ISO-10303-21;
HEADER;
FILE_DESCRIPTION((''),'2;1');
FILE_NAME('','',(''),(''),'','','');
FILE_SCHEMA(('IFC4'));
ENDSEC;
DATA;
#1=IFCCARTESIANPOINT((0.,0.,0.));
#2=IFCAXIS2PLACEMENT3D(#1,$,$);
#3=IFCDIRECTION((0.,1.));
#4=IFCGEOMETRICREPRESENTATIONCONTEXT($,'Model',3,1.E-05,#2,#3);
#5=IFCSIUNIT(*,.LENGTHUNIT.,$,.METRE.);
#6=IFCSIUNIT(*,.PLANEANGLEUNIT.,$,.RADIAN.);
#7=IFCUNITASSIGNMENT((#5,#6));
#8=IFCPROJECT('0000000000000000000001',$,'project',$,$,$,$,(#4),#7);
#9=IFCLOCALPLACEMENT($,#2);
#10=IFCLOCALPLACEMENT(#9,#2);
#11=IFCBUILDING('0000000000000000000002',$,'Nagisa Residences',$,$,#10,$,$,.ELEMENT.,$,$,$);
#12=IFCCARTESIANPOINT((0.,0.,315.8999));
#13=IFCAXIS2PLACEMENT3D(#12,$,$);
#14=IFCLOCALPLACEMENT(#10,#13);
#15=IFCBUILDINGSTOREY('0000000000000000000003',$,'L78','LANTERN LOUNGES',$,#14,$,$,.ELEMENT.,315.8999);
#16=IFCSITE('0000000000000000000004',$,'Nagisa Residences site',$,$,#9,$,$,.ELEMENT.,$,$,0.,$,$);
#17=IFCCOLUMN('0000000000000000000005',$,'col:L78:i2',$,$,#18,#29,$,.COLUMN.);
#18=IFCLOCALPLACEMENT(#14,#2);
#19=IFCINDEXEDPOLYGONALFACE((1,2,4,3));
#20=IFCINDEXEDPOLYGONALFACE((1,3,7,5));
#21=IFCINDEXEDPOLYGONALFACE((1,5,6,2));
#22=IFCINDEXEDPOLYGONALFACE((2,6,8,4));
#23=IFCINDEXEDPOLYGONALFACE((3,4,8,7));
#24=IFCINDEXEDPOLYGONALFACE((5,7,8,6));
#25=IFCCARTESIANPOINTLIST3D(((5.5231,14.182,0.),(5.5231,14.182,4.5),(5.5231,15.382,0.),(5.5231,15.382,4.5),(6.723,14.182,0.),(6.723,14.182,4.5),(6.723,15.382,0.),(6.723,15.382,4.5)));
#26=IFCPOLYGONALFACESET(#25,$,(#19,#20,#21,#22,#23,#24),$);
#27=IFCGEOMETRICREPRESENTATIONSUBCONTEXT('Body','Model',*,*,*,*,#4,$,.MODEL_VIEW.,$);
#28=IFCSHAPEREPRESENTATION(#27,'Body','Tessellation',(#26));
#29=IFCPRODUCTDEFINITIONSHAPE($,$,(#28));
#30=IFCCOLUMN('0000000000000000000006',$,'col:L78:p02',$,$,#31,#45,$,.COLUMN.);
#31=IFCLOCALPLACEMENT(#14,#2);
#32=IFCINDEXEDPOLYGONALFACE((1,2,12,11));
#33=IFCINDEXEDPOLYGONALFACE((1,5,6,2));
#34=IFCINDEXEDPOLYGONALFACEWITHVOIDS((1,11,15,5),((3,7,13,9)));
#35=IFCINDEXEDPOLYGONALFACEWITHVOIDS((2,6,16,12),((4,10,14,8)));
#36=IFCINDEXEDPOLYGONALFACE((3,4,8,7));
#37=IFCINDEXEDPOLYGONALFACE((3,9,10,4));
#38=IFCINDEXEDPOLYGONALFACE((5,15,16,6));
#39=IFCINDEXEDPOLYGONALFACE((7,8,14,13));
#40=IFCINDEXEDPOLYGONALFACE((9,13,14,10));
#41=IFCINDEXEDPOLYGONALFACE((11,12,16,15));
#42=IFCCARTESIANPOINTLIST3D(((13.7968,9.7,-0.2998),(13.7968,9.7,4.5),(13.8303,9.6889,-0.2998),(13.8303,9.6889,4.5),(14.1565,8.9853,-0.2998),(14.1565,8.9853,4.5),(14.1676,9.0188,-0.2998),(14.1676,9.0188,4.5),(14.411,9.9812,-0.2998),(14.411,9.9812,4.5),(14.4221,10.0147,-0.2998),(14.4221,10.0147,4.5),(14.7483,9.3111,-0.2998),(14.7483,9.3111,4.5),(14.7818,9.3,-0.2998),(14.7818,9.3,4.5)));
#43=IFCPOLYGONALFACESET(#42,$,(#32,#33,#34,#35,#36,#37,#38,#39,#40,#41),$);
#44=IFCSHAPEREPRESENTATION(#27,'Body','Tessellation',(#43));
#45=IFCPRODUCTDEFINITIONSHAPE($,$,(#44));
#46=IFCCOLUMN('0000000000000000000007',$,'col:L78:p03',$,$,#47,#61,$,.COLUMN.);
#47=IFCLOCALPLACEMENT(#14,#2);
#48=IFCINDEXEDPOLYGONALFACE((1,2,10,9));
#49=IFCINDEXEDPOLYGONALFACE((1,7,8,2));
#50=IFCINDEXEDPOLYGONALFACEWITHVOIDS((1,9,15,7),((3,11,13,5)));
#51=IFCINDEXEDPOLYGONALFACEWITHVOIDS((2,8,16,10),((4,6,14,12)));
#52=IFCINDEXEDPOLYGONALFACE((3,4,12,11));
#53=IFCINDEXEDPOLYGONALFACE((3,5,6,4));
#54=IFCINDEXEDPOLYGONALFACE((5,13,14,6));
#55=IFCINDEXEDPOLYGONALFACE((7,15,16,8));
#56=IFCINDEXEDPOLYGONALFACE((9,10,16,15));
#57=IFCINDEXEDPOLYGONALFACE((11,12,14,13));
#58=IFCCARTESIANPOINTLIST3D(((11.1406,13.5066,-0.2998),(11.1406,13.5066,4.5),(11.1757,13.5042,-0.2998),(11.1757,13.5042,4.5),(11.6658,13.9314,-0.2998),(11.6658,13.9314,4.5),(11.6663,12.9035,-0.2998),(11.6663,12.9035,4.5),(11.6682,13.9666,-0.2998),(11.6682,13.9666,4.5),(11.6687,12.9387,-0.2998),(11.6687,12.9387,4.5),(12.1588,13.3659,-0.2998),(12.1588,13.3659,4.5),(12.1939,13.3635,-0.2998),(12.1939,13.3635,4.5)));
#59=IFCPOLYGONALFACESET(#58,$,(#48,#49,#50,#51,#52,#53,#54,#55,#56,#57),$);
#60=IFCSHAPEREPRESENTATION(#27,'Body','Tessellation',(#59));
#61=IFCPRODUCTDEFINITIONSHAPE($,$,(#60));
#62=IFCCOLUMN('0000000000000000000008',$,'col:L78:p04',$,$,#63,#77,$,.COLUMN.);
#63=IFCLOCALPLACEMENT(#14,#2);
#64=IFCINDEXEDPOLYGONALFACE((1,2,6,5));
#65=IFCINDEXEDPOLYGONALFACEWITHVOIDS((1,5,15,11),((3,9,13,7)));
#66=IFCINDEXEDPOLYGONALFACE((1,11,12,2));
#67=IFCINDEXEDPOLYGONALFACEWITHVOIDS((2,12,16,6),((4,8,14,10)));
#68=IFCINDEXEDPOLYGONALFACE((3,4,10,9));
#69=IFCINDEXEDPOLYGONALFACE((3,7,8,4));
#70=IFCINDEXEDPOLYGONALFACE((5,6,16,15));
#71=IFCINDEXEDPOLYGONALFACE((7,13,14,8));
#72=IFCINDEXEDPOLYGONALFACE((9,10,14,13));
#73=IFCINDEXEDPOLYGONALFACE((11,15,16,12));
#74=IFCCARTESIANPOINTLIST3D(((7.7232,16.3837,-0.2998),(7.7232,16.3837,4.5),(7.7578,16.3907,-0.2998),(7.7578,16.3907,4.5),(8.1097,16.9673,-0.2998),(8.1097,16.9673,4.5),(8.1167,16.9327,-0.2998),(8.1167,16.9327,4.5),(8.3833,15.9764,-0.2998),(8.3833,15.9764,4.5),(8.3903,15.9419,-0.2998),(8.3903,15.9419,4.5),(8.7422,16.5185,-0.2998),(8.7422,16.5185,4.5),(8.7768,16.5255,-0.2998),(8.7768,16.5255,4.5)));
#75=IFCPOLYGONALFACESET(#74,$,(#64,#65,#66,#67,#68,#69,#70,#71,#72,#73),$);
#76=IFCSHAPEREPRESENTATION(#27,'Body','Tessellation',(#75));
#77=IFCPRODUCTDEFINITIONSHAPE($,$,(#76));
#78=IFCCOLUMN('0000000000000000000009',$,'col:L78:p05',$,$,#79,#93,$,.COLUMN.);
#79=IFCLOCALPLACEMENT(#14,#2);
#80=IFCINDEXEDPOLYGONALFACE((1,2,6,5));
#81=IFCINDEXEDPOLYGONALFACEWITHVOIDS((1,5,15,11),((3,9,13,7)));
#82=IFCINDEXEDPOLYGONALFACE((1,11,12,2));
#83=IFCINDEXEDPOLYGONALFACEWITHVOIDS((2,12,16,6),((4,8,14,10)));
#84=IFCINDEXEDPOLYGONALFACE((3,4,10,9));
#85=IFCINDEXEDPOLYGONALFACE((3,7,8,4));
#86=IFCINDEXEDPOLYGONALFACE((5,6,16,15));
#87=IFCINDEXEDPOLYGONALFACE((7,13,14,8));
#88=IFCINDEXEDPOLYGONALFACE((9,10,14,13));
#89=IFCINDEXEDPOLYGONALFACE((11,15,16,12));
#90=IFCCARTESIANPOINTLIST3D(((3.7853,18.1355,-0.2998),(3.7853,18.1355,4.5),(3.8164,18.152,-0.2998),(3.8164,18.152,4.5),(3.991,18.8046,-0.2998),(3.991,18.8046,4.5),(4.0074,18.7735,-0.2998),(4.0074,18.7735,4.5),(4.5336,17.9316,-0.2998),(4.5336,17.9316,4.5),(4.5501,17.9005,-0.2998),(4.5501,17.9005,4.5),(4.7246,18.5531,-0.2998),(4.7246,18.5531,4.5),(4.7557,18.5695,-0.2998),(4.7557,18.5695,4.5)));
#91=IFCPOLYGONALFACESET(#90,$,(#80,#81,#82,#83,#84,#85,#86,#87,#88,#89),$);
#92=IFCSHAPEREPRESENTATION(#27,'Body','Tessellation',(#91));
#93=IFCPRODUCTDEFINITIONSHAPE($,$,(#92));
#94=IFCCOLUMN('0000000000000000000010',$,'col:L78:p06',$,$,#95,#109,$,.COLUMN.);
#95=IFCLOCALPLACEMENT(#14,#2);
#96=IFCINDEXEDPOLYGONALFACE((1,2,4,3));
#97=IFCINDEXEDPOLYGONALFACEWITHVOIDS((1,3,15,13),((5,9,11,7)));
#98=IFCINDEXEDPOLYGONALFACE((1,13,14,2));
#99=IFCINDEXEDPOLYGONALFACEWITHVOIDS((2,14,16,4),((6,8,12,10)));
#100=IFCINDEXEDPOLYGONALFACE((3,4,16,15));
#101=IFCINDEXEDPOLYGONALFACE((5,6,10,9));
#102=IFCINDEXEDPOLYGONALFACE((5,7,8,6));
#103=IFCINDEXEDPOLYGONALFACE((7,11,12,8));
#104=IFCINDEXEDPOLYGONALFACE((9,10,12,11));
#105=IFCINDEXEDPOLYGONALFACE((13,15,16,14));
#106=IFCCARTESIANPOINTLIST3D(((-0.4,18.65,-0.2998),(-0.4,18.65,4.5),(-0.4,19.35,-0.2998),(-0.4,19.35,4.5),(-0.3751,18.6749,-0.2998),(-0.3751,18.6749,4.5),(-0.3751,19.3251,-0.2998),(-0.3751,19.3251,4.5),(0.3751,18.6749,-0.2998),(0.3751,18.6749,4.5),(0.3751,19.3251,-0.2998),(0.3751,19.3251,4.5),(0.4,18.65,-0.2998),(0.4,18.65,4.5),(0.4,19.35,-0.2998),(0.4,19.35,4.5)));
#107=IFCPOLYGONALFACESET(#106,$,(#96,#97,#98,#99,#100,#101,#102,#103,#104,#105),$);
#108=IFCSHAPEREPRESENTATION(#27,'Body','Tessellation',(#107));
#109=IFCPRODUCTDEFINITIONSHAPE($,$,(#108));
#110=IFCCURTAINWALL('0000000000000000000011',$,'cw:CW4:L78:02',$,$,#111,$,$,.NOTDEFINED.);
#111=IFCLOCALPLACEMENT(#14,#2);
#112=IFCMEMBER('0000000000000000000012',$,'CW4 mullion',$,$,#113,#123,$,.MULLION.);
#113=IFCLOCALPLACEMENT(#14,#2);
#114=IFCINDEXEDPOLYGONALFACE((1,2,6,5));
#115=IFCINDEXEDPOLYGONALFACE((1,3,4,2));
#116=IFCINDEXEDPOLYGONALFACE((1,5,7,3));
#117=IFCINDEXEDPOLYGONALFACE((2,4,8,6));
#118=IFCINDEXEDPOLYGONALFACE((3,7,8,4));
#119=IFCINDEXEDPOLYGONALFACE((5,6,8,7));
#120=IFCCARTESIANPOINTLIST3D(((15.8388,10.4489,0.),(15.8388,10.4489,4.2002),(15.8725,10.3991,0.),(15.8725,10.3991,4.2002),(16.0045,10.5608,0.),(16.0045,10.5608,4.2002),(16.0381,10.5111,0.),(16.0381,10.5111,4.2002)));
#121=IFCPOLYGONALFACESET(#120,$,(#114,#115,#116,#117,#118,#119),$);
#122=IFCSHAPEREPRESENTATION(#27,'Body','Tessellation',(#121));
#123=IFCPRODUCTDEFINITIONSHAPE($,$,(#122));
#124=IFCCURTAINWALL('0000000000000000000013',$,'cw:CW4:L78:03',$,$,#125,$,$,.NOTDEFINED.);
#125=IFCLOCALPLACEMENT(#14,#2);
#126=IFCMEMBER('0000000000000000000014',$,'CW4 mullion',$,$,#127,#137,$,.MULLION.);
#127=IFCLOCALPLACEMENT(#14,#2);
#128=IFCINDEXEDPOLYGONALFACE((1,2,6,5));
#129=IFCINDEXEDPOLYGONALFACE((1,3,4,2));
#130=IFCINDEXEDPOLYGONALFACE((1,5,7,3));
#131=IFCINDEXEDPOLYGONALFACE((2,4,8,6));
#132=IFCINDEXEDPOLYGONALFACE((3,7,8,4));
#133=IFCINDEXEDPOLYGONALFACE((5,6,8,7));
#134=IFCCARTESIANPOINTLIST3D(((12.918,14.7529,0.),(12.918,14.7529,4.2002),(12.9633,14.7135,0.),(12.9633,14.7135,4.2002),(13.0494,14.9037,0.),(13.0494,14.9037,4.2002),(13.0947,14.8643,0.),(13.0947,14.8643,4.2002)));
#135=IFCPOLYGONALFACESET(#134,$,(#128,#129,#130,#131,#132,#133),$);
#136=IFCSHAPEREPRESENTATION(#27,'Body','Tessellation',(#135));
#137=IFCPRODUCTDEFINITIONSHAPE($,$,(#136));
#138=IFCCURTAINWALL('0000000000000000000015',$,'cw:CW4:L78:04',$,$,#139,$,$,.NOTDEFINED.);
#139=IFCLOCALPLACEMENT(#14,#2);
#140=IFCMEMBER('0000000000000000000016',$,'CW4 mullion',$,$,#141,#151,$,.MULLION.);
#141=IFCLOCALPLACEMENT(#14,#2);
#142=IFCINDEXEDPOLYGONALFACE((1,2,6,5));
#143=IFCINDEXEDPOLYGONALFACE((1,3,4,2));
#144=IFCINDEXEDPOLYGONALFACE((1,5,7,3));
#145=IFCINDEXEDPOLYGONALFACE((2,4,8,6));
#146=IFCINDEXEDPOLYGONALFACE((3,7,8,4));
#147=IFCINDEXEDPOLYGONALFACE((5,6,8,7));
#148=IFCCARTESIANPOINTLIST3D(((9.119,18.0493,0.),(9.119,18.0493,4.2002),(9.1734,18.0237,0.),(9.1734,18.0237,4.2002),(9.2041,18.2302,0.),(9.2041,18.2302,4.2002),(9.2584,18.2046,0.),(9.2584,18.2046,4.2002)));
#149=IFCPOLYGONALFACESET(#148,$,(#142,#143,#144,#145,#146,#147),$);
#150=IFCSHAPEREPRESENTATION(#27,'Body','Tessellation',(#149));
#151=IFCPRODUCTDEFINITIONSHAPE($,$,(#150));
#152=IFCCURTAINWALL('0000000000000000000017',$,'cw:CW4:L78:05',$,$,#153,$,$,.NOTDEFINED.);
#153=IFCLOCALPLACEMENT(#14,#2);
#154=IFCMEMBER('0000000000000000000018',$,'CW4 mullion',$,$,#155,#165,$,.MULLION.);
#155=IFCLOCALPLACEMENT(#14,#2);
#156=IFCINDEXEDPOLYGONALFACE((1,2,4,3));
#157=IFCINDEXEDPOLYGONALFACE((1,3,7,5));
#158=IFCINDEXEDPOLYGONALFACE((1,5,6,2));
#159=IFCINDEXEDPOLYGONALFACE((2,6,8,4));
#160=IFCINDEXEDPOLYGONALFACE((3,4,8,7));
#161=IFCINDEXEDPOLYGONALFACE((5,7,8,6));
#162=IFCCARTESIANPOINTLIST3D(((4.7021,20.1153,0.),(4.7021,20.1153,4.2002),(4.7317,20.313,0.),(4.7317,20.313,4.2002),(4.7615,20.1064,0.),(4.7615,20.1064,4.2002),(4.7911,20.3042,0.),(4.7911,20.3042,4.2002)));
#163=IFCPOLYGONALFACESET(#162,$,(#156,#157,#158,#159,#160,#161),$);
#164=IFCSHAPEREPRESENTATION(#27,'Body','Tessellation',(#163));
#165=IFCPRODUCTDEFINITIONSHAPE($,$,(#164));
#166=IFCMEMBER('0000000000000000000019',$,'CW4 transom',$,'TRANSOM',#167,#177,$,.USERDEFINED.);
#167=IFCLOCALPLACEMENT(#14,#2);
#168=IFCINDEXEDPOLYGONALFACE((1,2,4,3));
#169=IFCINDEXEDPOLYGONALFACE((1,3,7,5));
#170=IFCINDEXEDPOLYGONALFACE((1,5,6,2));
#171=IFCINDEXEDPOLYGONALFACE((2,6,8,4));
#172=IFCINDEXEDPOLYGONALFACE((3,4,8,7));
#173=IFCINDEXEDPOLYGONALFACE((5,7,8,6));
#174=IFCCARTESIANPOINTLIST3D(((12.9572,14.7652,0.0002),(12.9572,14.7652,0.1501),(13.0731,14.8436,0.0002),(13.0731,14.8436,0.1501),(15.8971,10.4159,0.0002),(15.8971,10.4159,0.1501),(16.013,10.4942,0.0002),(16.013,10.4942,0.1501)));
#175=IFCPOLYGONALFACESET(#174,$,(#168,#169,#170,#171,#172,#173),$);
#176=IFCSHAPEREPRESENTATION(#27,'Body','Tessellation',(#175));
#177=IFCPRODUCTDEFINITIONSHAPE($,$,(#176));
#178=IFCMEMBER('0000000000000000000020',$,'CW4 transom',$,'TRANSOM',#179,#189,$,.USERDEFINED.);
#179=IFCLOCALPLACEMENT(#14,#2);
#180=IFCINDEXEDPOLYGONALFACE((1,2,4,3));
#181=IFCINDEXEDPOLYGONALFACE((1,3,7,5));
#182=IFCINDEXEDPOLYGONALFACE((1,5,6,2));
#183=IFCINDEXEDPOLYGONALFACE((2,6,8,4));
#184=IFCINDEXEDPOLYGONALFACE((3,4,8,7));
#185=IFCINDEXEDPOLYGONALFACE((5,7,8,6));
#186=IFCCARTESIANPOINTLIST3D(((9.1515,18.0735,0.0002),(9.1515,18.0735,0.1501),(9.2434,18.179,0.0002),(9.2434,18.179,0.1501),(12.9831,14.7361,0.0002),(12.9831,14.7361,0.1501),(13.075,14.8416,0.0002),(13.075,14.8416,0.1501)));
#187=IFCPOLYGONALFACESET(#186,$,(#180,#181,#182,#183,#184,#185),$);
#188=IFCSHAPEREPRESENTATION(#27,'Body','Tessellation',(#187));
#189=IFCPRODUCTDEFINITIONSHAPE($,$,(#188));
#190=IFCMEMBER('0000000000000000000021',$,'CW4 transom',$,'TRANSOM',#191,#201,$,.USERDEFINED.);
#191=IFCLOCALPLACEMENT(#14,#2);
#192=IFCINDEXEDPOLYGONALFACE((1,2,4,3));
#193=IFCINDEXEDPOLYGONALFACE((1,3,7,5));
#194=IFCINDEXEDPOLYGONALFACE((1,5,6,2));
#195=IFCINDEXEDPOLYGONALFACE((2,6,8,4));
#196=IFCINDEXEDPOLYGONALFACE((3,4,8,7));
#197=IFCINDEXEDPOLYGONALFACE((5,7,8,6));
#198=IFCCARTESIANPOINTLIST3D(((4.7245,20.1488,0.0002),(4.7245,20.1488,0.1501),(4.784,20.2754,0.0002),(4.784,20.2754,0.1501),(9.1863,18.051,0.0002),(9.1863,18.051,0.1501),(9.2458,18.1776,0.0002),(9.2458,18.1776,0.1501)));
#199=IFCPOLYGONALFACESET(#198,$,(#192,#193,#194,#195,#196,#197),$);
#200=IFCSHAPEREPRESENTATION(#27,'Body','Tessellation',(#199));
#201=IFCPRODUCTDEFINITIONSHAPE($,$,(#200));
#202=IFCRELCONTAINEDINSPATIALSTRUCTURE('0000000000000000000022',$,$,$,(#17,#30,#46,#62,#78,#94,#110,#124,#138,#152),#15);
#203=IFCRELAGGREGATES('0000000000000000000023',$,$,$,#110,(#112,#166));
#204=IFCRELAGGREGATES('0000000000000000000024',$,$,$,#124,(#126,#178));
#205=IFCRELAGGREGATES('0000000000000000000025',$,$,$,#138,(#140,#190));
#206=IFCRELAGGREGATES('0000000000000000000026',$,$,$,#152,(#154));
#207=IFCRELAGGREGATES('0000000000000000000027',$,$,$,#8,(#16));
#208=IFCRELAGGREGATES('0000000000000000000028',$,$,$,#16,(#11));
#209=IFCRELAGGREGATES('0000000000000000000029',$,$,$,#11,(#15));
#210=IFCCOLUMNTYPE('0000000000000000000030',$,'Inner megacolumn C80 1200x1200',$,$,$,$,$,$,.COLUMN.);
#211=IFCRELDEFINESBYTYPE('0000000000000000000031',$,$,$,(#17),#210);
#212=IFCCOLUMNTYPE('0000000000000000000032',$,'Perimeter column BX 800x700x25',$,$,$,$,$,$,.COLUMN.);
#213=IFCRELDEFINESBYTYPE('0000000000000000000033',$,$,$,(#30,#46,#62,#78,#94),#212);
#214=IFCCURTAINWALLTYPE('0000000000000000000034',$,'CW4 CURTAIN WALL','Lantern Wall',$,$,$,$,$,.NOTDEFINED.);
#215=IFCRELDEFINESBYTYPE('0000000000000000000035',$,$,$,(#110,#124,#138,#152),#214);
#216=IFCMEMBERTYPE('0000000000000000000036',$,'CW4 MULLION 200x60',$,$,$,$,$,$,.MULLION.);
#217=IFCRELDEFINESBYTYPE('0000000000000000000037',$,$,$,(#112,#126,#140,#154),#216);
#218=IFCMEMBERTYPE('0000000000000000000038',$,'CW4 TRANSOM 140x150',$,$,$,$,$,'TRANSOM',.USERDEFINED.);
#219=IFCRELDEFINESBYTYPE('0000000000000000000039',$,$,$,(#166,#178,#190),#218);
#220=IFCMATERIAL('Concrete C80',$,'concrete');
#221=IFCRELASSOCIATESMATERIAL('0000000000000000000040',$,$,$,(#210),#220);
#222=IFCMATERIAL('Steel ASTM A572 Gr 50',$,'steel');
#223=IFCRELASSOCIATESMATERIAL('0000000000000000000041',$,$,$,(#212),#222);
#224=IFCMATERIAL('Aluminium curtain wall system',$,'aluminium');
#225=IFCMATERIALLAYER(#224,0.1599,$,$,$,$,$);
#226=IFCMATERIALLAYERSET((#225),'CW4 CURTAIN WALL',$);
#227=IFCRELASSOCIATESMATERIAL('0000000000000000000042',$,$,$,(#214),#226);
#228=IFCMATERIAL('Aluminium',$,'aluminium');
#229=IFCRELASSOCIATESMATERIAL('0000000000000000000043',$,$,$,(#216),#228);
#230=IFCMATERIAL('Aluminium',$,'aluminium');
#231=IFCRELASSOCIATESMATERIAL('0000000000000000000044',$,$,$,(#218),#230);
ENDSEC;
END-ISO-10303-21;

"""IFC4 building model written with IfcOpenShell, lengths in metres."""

from ifc_helpers import new_model, si_unit, direction, frame, origin, origin_2d, place, context, subcontext, project, spatial, rectangle, hollow_rectangle, extrude, material, layer, layer_set, material_profile, profile_set, type_object, element, aggregate, save


model = new_model("IFC4")

# Units and contexts
model_context = context("Model", 3, precision=1e-05, world=origin(), true_north=direction((0.0, 1.0)))
body_context = subcontext(model_context, "Body", "Model", "MODEL_VIEW")
ifc_project = project(units=[si_unit("LENGTHUNIT", "METRE"), si_unit("PLANEANGLEUNIT", "RADIAN")], contexts=[model_context])

# Site, building, storey
site_placement = place(None, origin())
site = spatial("IfcSite", under=ifc_project, at=site_placement, Name="Nagisa Residences site", CompositionType="ELEMENT", RefElevation=0.0)
building_placement = place(site_placement, origin())
building = spatial("IfcBuilding", under=site, at=building_placement, Name="Nagisa Residences", CompositionType="ELEMENT")
storey_placement = place(building_placement, frame((0.0, 0.0, 315.8999)))
storey = spatial("IfcBuildingStorey", under=building, at=storey_placement, Name="L78", Description="LANTERN LOUNGES", CompositionType="ELEMENT", Elevation=315.8999)

# Columns
ifc_material_1 = material(Name="Concrete C80", Category="concrete")
ifc_material_profile_1 = material_profile(ifc_material_1, rectangle(XDim=1.2, YDim=1.2, at=origin_2d()), Name="C80 1200x1200")
ifc_profile_set_1 = profile_set([ifc_material_profile_1], Name="Concrete C80")
column_type_1 = type_object("IfcColumnType", Name="Inner megacolumn C80 1200x1200", PredefinedType="COLUMN", material=ifc_profile_set_1)
column_placement = place(storey_placement, frame((6.123, 14.782, 0.0), z_axis=(0.0, 0.0, 1.0), x_axis=(1.0, 0.0, 0.0)))
element("IfcColumn", 1, at=column_placement, inside=storey, type_object=column_type_1, Name="col:L78:i2", PredefinedType="COLUMN", context=body_context, shape_type="SweptSolid", body=[
    extrude(rectangle(XDim=1.2, YDim=1.2, at=origin_2d()), origin(), (0.0, 0.0, 1.0), 4.5),
])
ifc_material_2 = material(Name="Steel ASTM A572 Gr 50", Category="steel")
ifc_material_profile_2 = material_profile(ifc_material_2, hollow_rectangle(XDim=0.8, YDim=0.7, WallThickness=0.0249, at=origin_2d()), Name="BX 800x700x25")
ifc_profile_set_2 = profile_set([ifc_material_profile_2], Name="Steel ASTM A572 Gr 50")
column_type_2 = type_object("IfcColumnType", Name="Perimeter column BX 800x700x25", PredefinedType="COLUMN", material=ifc_profile_set_2)
for number, where, z_axis, x_axis, name in (
    (2, (14.2893, 9.5, -0.2998), (0.0, 0.0, 1.0), (-0.449592, 0.893234, 0.0), "col:L78:p02"),
    (3, (11.6672, 13.4351, -0.2998), (0.0, 0.0, 1.0), (-0.657135, 0.753773, 0.0), "col:L78:p03"),
    (4, (8.25, 16.4546, -0.2998), (0.0, 0.0, 1.0), (-0.833744, 0.552151, 0.0), "col:L78:p04"),
    (5, (4.2705, 18.3525, -0.2998), (0.0, 0.0, 1.0), (-0.95587, 0.29379, 0.0), "col:L78:p05"),
    (6, (0.0, 19.0, -0.2998), (0.0, 0.0, 1.0), (-1.0, 0.0, 0.0), "col:L78:p06"),
):
    element("IfcColumn", number, at=place(storey_placement, frame(where, z_axis=z_axis, x_axis=x_axis)), inside=storey, type_object=column_type_2, Name=name, PredefinedType="COLUMN", context=body_context, shape_type="SweptSolid", body=[
        extrude(hollow_rectangle(XDim=0.8, YDim=0.7, WallThickness=0.0249, at=origin_2d()), origin(), (0.0, 0.0, 1.0), 4.7998),
    ])

# Curtain walls, members
ifc_material_3 = material(Name="Aluminium curtain wall system", Category="aluminium")
ifc_layer_1 = layer(ifc_material_3, 0.1599)
ifc_layer_set_1 = layer_set([ifc_layer_1], Name="CW4 CURTAIN WALL")
curtain_wall_type = type_object("IfcCurtainWallType", Name="CW4 CURTAIN WALL", Description="Lantern Wall", PredefinedType="NOTDEFINED", material=ifc_layer_set_1)
curtain_wall_1_placement = place(storey_placement, origin())
curtain_wall_1 = element("IfcCurtainWall", 7, at=curtain_wall_1_placement, inside=storey, type_object=curtain_wall_type, Name="cw:CW4:L78:02", PredefinedType="NOTDEFINED")
ifc_material_4 = material(Name="Aluminium", Category="aluminium")
ifc_material_profile_3 = material_profile(ifc_material_4, rectangle(XDim=0.2, YDim=0.0601, at=origin_2d()), Name="CW4 MULLION 200x60")
ifc_profile_set_3 = profile_set([ifc_material_profile_3], Name="Aluminium")
member_type_1 = type_object("IfcMemberType", Name="CW4 MULLION 200x60", PredefinedType="MULLION", material=ifc_profile_set_3)
member_1_placement = place(storey_placement, frame((15.9385, 10.48, 0.0), z_axis=(0.0, 0.0, 1.0), x_axis=(-0.828473, -0.56003, 0.0)))
member_1 = element("IfcMember", 8, at=member_1_placement, type_object=member_type_1, Name="CW4 mullion", PredefinedType="MULLION", context=body_context, shape_type="SweptSolid", body=[
    extrude(rectangle(XDim=0.2, YDim=0.0601, at=origin_2d()), origin(), (0.0, 0.0, 1.0), 4.2002),
])
curtain_wall_2_placement = place(storey_placement, origin())
curtain_wall_2 = element("IfcCurtainWall", 9, at=curtain_wall_2_placement, inside=storey, type_object=curtain_wall_type, Name="cw:CW4:L78:03", PredefinedType="NOTDEFINED")
member_2_placement = place(storey_placement, frame((13.0063, 14.8086, 0.0), z_axis=(0.0, 0.0, 1.0), x_axis=(-0.656803, -0.754062, 0.0)))
member_2 = element("IfcMember", 10, at=member_2_placement, type_object=member_type_1, Name="CW4 mullion", PredefinedType="MULLION", context=body_context, shape_type="SweptSolid", body=[
    extrude(rectangle(XDim=0.2, YDim=0.0601, at=origin_2d()), origin(), (0.0, 0.0, 1.0), 4.2002),
])
curtain_wall_3_placement = place(storey_placement, origin())
curtain_wall_3 = element("IfcCurtainWall", 11, at=curtain_wall_3_placement, inside=storey, type_object=curtain_wall_type, Name="cw:CW4:L78:04", PredefinedType="NOTDEFINED")
member_3_placement = place(storey_placement, frame((9.1887, 18.127, 0.0), z_axis=(0.0, 0.0, 1.0), x_axis=(-0.425501, -0.904958, 0.0)))
member_3 = element("IfcMember", 12, at=member_3_placement, type_object=member_type_1, Name="CW4 mullion", PredefinedType="MULLION", context=body_context, shape_type="SweptSolid", body=[
    extrude(rectangle(XDim=0.2, YDim=0.0601, at=origin_2d()), origin(), (0.0, 0.0, 1.0), 4.2002),
])
curtain_wall_4_placement = place(storey_placement, origin())
curtain_wall_4 = element("IfcCurtainWall", 13, at=curtain_wall_4_placement, inside=storey, type_object=curtain_wall_type, Name="cw:CW4:L78:05", PredefinedType="NOTDEFINED")
member_4_placement = place(storey_placement, frame((4.7466, 20.2097, 0.0), z_axis=(0.0, 0.0, 1.0), x_axis=(-0.147802, -0.989017, 0.0)))
member_4 = element("IfcMember", 14, at=member_4_placement, type_object=member_type_1, Name="CW4 mullion", PredefinedType="MULLION", context=body_context, shape_type="SweptSolid", body=[
    extrude(rectangle(XDim=0.2, YDim=0.0601, at=origin_2d()), origin(), (0.0, 0.0, 1.0), 4.2002),
])

# Members
ifc_material_5 = material(Name="Aluminium", Category="aluminium")
ifc_material_profile_4 = material_profile(ifc_material_5, rectangle(XDim=0.1399, YDim=0.1499, at=origin_2d()), Name="CW4 TRANSOM 140x150")
ifc_profile_set_4 = profile_set([ifc_material_profile_4], Name="Aluminium")
member_type_2 = type_object("IfcMemberType", Name="CW4 TRANSOM 140x150", ElementType="TRANSOM", PredefinedType="USERDEFINED", material=ifc_profile_set_4)
member_5_placement = place(storey_placement, frame((15.9551, 10.4551, 0.0752), z_axis=(-0.560012, 0.828485, 0.0), x_axis=(-0.828485, -0.560012, 0.0)))
member_5 = element("IfcMember", 15, at=member_5_placement, type_object=member_type_2, Name="CW4 transom", ObjectType="TRANSOM", PredefinedType="USERDEFINED", context=body_context, shape_type="SweptSolid", body=[
    extrude(rectangle(XDim=0.1399, YDim=0.1499, at=origin_2d()), origin(), (0.0, 0.0, 1.0), 5.2498),
])
member_6_placement = place(storey_placement, frame((13.0291, 14.7888, 0.0752), z_axis=(-0.754057, 0.656809, 0.0), x_axis=(-0.656809, -0.754057, 0.0)))
member_6 = element("IfcMember", 16, at=member_6_placement, type_object=member_type_2, Name="CW4 transom", ObjectType="TRANSOM", PredefinedType="USERDEFINED", context=body_context, shape_type="SweptSolid", body=[
    extrude(rectangle(XDim=0.1399, YDim=0.1499, at=origin_2d()), origin(), (0.0, 0.0, 1.0), 5.0813),
])
member_7_placement = place(storey_placement, frame((9.2161, 18.1143, 0.0752), z_axis=(-0.904961, 0.425494, 0.0), x_axis=(-0.425494, -0.904961, 0.0)))
member_7 = element("IfcMember", 17, at=member_7_placement, type_object=member_type_2, Name="CW4 transom", ObjectType="TRANSOM", PredefinedType="USERDEFINED", context=body_context, shape_type="SweptSolid", body=[
    extrude(rectangle(XDim=0.1399, YDim=0.1499, at=origin_2d()), origin(), (0.0, 0.0, 1.0), 4.9304),
])

aggregate(curtain_wall_1, [member_1, member_5])
aggregate(curtain_wall_2, [member_2, member_6])
aggregate(curtain_wall_3, [member_3, member_7])
aggregate(curtain_wall_4, [member_4])

save(model, "model.ifc")
